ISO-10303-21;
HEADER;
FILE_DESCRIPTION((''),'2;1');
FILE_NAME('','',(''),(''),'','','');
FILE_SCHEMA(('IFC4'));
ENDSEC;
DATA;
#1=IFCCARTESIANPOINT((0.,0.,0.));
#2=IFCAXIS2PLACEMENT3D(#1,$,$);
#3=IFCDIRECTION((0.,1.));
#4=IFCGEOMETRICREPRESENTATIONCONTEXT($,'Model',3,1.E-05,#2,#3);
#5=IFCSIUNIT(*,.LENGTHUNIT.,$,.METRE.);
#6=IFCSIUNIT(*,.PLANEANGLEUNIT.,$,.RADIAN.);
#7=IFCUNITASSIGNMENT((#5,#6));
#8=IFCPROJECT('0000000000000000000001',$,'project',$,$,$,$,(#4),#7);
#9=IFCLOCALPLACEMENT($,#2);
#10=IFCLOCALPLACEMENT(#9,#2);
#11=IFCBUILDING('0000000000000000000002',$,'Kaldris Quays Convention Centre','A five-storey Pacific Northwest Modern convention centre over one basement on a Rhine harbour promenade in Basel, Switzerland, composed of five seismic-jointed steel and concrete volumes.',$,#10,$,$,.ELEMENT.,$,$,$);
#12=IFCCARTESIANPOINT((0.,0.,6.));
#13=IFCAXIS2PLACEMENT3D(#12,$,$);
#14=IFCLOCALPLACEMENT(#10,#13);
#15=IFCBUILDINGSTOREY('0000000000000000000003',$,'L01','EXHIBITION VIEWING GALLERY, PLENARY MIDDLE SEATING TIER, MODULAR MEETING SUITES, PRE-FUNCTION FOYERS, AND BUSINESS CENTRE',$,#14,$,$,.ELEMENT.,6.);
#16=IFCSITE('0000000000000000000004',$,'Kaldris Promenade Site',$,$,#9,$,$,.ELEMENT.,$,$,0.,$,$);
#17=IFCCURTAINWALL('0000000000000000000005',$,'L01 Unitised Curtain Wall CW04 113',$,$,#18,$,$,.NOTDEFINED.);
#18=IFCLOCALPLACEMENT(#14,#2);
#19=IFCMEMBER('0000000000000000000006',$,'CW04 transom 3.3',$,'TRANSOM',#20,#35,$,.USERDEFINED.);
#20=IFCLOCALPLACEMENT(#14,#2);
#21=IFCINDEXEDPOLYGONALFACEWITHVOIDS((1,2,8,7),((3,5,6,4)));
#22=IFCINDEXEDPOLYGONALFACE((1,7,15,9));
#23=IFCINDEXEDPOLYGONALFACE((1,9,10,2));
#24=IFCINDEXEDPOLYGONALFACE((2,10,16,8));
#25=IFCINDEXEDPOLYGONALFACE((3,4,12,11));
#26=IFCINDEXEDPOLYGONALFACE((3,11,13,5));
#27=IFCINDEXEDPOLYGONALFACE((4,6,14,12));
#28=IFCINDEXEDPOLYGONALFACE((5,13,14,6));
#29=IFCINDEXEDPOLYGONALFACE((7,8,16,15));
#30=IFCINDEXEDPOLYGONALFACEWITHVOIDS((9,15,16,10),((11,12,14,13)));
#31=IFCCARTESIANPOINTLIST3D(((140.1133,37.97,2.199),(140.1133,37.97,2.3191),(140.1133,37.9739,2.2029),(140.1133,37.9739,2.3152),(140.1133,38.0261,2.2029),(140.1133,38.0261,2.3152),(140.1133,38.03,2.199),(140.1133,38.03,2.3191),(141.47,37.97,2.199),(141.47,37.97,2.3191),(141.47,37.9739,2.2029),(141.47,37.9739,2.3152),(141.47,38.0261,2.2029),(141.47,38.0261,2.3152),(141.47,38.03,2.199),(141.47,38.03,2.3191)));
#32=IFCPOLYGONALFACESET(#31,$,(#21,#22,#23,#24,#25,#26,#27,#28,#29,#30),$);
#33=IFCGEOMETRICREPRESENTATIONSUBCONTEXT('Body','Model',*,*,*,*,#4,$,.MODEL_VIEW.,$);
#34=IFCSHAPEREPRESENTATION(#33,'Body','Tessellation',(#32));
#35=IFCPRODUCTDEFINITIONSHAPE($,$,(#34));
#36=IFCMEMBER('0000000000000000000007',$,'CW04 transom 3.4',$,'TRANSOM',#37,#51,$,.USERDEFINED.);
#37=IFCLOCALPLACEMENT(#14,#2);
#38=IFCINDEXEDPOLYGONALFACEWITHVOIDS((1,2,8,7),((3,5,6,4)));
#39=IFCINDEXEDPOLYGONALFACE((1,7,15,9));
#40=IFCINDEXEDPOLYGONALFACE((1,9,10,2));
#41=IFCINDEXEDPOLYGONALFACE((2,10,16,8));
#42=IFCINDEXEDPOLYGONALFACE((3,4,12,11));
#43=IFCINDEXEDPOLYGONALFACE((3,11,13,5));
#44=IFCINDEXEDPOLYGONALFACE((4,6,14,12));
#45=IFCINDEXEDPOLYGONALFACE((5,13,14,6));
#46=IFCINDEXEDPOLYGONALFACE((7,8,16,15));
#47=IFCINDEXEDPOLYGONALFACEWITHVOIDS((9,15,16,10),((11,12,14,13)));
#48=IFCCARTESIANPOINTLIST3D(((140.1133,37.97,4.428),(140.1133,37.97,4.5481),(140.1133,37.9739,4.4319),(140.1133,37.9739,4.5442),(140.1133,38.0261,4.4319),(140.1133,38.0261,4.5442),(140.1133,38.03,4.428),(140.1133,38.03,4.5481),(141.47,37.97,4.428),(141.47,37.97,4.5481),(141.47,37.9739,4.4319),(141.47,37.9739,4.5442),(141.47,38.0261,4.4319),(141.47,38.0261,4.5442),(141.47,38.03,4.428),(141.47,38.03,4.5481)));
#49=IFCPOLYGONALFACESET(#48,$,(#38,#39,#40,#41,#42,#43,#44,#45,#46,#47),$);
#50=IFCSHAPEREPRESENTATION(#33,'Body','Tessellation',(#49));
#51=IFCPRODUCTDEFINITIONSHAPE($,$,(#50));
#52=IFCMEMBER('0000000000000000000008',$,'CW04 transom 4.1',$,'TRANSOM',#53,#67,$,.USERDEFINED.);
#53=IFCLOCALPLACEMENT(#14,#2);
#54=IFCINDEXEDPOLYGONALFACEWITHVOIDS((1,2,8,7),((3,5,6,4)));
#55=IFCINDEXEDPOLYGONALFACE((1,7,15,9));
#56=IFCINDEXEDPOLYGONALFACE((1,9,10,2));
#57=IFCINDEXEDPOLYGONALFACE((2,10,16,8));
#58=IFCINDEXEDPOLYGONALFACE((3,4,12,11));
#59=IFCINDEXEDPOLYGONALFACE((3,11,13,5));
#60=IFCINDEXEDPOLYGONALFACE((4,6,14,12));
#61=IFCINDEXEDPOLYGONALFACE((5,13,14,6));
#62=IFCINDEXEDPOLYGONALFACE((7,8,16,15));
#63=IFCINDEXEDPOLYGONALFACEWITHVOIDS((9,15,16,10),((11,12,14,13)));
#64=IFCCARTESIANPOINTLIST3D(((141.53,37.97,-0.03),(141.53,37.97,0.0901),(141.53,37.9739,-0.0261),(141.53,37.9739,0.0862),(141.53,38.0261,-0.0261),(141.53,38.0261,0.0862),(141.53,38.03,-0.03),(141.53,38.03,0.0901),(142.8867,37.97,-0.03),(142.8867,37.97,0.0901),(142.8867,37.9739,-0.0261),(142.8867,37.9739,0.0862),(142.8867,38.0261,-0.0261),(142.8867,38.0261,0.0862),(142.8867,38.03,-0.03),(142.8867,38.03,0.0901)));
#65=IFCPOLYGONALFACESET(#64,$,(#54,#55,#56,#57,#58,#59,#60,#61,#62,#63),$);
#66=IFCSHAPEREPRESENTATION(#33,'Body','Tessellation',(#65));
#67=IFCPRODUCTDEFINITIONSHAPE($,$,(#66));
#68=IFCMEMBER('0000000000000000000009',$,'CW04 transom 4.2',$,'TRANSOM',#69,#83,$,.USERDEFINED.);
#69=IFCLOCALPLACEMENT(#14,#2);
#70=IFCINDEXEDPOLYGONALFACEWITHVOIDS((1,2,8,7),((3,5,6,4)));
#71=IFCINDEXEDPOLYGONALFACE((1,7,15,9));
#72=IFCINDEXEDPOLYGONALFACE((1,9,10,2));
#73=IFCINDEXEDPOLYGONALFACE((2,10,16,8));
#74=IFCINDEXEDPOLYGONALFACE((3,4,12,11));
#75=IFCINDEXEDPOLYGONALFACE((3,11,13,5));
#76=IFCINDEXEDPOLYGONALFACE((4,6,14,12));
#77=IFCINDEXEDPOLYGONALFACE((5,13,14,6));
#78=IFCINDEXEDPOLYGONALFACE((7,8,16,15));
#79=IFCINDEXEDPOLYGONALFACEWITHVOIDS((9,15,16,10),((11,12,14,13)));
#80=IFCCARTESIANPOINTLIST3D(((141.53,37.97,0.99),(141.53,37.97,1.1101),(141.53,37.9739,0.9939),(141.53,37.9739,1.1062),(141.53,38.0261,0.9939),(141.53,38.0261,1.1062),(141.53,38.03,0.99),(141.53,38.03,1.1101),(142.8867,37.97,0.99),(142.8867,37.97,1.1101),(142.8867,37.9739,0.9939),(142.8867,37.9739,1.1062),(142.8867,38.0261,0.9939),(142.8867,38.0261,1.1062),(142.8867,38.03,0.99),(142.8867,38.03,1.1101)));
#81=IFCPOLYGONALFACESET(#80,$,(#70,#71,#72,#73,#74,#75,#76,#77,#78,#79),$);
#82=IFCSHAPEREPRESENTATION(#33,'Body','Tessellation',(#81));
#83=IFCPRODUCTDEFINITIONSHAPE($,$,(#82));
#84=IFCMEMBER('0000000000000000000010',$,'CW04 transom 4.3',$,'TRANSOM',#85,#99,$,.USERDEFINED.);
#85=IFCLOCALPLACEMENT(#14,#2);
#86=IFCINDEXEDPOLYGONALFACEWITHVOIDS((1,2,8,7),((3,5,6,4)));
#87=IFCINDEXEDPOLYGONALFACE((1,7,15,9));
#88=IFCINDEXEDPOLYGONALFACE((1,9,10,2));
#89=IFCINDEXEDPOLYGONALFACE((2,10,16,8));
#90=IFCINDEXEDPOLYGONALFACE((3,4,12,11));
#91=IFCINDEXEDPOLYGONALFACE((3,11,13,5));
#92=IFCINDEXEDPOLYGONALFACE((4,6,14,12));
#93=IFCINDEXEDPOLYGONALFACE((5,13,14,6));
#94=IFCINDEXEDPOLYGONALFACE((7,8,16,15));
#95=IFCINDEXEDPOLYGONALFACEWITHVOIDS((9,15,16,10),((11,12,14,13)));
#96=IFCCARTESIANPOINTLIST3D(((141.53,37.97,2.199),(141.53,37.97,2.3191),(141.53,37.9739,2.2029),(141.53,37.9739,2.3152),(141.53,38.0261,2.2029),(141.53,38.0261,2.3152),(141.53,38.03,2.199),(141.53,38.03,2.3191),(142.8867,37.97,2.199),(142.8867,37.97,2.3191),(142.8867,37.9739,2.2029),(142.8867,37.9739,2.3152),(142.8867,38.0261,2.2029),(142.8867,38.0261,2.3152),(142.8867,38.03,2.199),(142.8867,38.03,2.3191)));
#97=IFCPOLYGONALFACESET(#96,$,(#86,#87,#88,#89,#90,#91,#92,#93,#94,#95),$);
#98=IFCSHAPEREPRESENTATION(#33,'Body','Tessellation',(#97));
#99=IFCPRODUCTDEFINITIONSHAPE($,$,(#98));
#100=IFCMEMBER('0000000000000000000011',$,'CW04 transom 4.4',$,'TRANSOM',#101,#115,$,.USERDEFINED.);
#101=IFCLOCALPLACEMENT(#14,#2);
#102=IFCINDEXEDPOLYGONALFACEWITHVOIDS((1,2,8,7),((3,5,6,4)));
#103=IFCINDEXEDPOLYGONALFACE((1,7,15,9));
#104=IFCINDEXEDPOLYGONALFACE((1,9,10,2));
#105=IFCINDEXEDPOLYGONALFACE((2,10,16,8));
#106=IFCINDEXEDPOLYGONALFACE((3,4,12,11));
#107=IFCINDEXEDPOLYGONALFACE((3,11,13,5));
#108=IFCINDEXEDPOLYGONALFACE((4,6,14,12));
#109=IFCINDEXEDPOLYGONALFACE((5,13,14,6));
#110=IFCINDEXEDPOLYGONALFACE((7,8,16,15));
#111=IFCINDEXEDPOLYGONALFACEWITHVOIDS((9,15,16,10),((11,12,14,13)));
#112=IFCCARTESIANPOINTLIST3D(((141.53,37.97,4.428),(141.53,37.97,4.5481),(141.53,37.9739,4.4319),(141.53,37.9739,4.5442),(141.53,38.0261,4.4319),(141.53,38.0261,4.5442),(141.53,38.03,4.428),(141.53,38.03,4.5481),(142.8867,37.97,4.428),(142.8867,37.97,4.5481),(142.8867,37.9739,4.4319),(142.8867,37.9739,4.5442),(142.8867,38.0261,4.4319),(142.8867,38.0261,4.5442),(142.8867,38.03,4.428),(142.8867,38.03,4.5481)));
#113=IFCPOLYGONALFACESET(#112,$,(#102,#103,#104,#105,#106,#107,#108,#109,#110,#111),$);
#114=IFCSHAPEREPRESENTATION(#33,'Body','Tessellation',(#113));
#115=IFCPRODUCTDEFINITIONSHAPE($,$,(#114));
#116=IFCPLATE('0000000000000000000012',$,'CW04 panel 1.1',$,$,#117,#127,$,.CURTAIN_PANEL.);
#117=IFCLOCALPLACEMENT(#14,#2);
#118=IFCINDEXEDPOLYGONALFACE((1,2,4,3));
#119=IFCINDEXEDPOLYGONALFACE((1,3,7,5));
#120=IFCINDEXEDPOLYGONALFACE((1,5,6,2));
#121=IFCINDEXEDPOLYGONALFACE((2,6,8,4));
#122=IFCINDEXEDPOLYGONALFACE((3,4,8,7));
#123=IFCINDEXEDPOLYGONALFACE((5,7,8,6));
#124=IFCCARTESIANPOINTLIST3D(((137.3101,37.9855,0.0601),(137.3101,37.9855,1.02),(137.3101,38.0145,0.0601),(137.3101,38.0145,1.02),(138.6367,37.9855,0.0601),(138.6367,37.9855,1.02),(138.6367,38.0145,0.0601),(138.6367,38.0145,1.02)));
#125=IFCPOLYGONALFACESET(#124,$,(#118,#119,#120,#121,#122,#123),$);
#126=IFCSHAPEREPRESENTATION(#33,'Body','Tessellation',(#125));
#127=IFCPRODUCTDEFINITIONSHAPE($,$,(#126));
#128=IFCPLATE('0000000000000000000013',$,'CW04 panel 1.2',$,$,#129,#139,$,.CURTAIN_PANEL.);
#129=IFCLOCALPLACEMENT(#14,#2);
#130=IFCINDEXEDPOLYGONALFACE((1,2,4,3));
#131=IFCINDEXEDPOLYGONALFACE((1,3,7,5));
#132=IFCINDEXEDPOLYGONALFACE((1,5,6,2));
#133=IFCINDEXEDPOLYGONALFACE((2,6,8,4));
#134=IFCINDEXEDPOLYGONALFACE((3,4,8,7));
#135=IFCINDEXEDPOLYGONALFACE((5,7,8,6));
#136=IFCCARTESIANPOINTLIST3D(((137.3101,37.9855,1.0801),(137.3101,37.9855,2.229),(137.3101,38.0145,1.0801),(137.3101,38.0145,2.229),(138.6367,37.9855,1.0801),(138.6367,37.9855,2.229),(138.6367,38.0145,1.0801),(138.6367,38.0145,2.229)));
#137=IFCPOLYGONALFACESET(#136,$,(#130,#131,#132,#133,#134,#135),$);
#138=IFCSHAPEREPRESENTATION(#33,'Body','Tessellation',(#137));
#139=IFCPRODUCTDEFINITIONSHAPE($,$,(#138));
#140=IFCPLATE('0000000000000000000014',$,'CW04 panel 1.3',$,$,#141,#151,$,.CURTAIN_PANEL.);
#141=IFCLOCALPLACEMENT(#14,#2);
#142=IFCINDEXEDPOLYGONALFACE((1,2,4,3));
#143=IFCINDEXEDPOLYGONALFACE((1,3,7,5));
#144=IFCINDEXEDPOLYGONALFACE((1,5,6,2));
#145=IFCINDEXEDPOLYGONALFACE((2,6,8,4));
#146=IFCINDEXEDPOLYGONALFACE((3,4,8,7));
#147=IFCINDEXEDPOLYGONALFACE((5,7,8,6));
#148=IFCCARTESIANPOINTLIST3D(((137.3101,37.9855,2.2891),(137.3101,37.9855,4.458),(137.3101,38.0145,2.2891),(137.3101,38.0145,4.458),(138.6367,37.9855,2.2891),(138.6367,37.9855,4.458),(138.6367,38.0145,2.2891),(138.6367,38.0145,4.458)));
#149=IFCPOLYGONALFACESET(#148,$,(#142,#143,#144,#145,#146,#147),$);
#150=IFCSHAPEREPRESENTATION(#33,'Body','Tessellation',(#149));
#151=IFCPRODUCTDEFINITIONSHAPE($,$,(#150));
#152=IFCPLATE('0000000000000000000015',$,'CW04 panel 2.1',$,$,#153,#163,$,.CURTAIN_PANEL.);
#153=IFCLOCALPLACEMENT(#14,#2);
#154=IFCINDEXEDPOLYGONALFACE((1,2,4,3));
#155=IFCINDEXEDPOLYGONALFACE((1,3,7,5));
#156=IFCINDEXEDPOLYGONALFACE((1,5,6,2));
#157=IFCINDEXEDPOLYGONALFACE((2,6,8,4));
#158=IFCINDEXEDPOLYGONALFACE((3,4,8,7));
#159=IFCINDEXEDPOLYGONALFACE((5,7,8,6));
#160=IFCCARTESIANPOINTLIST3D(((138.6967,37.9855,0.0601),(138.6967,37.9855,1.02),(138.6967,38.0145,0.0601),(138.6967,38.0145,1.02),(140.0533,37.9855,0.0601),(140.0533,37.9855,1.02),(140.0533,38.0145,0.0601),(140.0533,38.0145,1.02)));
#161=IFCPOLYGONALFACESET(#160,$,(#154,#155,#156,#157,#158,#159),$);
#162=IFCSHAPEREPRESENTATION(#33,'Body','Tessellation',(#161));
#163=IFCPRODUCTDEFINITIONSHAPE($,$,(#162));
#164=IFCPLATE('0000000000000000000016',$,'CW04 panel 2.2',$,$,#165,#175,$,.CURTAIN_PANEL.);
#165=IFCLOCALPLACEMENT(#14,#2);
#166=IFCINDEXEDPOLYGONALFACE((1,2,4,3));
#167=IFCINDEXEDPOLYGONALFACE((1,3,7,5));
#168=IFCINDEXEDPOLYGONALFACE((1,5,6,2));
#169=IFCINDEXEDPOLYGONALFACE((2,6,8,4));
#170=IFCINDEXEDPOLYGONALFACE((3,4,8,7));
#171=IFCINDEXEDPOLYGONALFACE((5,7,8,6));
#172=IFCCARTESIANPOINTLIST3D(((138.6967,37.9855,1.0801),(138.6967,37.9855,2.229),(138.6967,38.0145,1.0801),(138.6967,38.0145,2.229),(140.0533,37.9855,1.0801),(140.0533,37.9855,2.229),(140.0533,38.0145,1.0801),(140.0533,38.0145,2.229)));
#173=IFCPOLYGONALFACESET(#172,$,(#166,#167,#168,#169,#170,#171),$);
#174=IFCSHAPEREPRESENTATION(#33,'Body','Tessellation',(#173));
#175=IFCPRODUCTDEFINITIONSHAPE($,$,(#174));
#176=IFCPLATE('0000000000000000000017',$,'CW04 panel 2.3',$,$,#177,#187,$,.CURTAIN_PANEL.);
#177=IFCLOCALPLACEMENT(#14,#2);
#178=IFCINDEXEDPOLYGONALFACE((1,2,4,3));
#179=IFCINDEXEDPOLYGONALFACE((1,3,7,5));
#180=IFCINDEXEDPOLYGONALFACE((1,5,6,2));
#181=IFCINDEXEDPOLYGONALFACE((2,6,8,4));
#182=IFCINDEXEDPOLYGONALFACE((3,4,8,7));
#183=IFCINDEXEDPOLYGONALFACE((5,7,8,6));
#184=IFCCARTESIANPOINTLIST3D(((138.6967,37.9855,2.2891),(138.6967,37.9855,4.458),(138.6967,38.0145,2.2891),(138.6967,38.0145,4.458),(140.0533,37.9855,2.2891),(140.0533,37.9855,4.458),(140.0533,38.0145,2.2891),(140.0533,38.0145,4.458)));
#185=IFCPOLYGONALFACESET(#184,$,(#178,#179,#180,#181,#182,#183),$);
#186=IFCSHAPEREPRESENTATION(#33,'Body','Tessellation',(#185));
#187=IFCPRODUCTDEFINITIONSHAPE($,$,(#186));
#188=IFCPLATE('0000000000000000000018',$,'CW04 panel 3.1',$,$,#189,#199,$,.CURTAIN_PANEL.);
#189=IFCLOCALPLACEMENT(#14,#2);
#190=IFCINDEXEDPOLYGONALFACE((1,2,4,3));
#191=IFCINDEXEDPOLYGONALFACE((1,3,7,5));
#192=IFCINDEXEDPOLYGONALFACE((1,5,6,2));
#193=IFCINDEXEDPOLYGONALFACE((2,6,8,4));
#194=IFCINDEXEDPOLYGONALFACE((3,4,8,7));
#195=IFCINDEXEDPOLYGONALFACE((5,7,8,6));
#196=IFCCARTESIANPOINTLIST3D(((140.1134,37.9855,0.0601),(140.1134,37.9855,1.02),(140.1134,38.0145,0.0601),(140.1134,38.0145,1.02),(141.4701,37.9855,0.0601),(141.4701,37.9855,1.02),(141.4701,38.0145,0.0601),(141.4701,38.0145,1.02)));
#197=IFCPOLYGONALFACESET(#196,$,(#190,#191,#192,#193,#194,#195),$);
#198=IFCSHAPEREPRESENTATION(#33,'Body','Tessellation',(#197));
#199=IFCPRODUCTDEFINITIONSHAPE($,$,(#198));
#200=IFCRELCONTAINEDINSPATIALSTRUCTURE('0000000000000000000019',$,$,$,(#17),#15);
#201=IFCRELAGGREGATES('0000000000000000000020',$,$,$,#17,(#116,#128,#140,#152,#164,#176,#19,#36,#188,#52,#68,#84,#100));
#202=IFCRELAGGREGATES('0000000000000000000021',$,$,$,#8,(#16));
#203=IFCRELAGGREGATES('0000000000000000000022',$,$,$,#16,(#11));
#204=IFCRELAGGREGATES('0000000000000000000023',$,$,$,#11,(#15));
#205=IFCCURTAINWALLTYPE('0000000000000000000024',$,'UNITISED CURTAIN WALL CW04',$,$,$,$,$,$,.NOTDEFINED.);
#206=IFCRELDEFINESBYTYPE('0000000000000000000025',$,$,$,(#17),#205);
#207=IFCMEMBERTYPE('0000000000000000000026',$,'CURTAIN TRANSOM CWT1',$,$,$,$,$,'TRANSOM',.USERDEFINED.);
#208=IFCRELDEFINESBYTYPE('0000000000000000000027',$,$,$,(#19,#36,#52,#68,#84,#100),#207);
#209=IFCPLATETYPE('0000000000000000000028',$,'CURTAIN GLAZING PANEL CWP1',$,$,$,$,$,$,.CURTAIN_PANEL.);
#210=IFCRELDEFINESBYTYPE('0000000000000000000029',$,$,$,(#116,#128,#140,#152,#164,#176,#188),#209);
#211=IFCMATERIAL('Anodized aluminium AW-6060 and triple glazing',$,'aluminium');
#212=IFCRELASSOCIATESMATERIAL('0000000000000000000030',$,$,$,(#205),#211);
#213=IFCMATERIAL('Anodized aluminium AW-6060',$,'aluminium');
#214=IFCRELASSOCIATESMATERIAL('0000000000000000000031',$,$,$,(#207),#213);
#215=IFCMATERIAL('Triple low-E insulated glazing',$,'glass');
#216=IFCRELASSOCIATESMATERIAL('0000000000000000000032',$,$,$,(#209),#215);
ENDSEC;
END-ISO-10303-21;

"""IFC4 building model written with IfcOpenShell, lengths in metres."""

from ifc_helpers import new_model, si_unit, direction, frame, origin, origin_2d, place, context, subcontext, project, spatial, rectangle, hollow_rectangle, extrude, material, material_profile, profile_set, type_object, element, aggregate, save


model = new_model("IFC4")

# Units and contexts
model_context = context("Model", 3, precision=1e-05, world=origin(), true_north=direction((0.0, 1.0)))
body_context = subcontext(model_context, "Body", "Model", "MODEL_VIEW")
ifc_project = project(units=[si_unit("LENGTHUNIT", "METRE"), si_unit("PLANEANGLEUNIT", "RADIAN")], contexts=[model_context])

# Site, building, storey
site_placement = place(None, origin())
site = spatial("IfcSite", under=ifc_project, at=site_placement, Name="Kaldris Promenade Site", CompositionType="ELEMENT", RefElevation=0.0)
building_placement = place(site_placement, origin())
building = spatial("IfcBuilding", under=site, at=building_placement, Name="Kaldris Quays Convention Centre", Description="A five-storey Pacific Northwest Modern convention centre over one basement on a Rhine harbour promenade in Basel, Switzerland, composed of five seismic-jointed steel and concrete volumes.", CompositionType="ELEMENT")
storey_placement = place(building_placement, frame((0.0, 0.0, 6.0)))
storey = spatial("IfcBuildingStorey", under=building, at=storey_placement, Name="L01", Description="EXHIBITION VIEWING GALLERY, PLENARY MIDDLE SEATING TIER, MODULAR MEETING SUITES, PRE-FUNCTION FOYERS, AND BUSINESS CENTRE", CompositionType="ELEMENT", Elevation=6.0)

# Curtain wall, members, plates
ifc_material_1 = material(Name="Anodized aluminium AW-6060 and triple glazing", Category="aluminium")
curtain_wall_type = type_object("IfcCurtainWallType", Name="UNITISED CURTAIN WALL CW04", PredefinedType="NOTDEFINED", material=ifc_material_1)
curtain_wall_placement = place(storey_placement, origin())
curtain_wall = element("IfcCurtainWall", 1, at=curtain_wall_placement, inside=storey, type_object=curtain_wall_type, Name="L01 Unitised Curtain Wall CW04 113", PredefinedType="NOTDEFINED")
ifc_material_2 = material(Name="Anodized aluminium AW-6060", Category="aluminium")
ifc_material_profile_1 = material_profile(ifc_material_2, hollow_rectangle(XDim=0.0601, YDim=0.1201, WallThickness=0.0039, at=origin_2d()), Name="RHS 120x60x4")
ifc_profile_set_1 = profile_set([ifc_material_profile_1], Name="Anodized aluminium AW-6060")
member_type_1 = type_object("IfcMemberType", Name="CURTAIN TRANSOM CWT1", ElementType="TRANSOM", PredefinedType="USERDEFINED", material=ifc_profile_set_1)
member_1_placement = place(storey_placement, frame((140.1133, 38.0, 2.259), z_axis=(1.0, 0.0, 0.0), x_axis=(0.0, 1.0, 0.0)))
member_1 = element("IfcMember", 2, at=member_1_placement, type_object=member_type_1, Name="CW04 transom 3.3", ObjectType="TRANSOM", PredefinedType="USERDEFINED", context=body_context, shape_type="SweptSolid", body=[
    extrude(hollow_rectangle(XDim=0.0601, YDim=0.1201, WallThickness=0.0039, at=origin_2d()), origin(), (0.0, 0.0, 1.0), 1.3567),
])
member_2_placement = place(storey_placement, frame((140.1133, 38.0, 4.488), z_axis=(1.0, 0.0, 0.0), x_axis=(0.0, 1.0, 0.0)))
member_2 = element("IfcMember", 3, at=member_2_placement, type_object=member_type_1, Name="CW04 transom 3.4", ObjectType="TRANSOM", PredefinedType="USERDEFINED", context=body_context, shape_type="SweptSolid", body=[
    extrude(hollow_rectangle(XDim=0.0601, YDim=0.1201, WallThickness=0.0039, at=origin_2d()), origin(), (0.0, 0.0, 1.0), 1.3567),
])
member_3_placement = place(storey_placement, frame((141.53, 38.0, 0.03), z_axis=(1.0, 0.0, 0.0), x_axis=(0.0, 1.0, 0.0)))
member_3 = element("IfcMember", 4, at=member_3_placement, type_object=member_type_1, Name="CW04 transom 4.1", ObjectType="TRANSOM", PredefinedType="USERDEFINED", context=body_context, shape_type="SweptSolid", body=[
    extrude(hollow_rectangle(XDim=0.0601, YDim=0.1201, WallThickness=0.0039, at=origin_2d()), origin(), (0.0, 0.0, 1.0), 1.3567),
])
member_4_placement = place(storey_placement, frame((141.53, 38.0, 1.05), z_axis=(1.0, 0.0, 0.0), x_axis=(0.0, 1.0, 0.0)))
member_4 = element("IfcMember", 5, at=member_4_placement, type_object=member_type_1, Name="CW04 transom 4.2", ObjectType="TRANSOM", PredefinedType="USERDEFINED", context=body_context, shape_type="SweptSolid", body=[
    extrude(hollow_rectangle(XDim=0.0601, YDim=0.1201, WallThickness=0.0039, at=origin_2d()), origin(), (0.0, 0.0, 1.0), 1.3567),
])
member_5_placement = place(storey_placement, frame((141.53, 38.0, 2.259), z_axis=(1.0, 0.0, 0.0), x_axis=(0.0, 1.0, 0.0)))
member_5 = element("IfcMember", 6, at=member_5_placement, type_object=member_type_1, Name="CW04 transom 4.3", ObjectType="TRANSOM", PredefinedType="USERDEFINED", context=body_context, shape_type="SweptSolid", body=[
    extrude(hollow_rectangle(XDim=0.0601, YDim=0.1201, WallThickness=0.0039, at=origin_2d()), origin(), (0.0, 0.0, 1.0), 1.3567),
])
member_6_placement = place(storey_placement, frame((141.53, 38.0, 4.488), z_axis=(1.0, 0.0, 0.0), x_axis=(0.0, 1.0, 0.0)))
member_6 = element("IfcMember", 7, at=member_6_placement, type_object=member_type_1, Name="CW04 transom 4.4", ObjectType="TRANSOM", PredefinedType="USERDEFINED", context=body_context, shape_type="SweptSolid", body=[
    extrude(hollow_rectangle(XDim=0.0601, YDim=0.1201, WallThickness=0.0039, at=origin_2d()), origin(), (0.0, 0.0, 1.0), 1.3567),
])
ifc_material_3 = material(Name="Triple low-E insulated glazing", Category="glass")
plate_type = type_object("IfcPlateType", Name="CURTAIN GLAZING PANEL CWP1", PredefinedType="CURTAIN_PANEL", material=ifc_material_3)
plate_1_placement = place(storey_placement, frame((137.9734, 38.0, 0.0601), z_axis=(0.0, 0.0, 1.0), x_axis=(1.0, 0.0, 0.0)))
plate_1 = element("IfcPlate", 8, at=plate_1_placement, type_object=plate_type, Name="CW04 panel 1.1", PredefinedType="CURTAIN_PANEL", context=body_context, shape_type="SweptSolid", body=[
    extrude(rectangle(XDim=1.3267, YDim=0.0291, at=origin_2d()), origin(), (0.0, 0.0, 1.0), 0.96),
])
plate_2_placement = place(storey_placement, frame((137.9734, 38.0, 1.0801), z_axis=(0.0, 0.0, 1.0), x_axis=(1.0, 0.0, 0.0)))
plate_2 = element("IfcPlate", 9, at=plate_2_placement, type_object=plate_type, Name="CW04 panel 1.2", PredefinedType="CURTAIN_PANEL", context=body_context, shape_type="SweptSolid", body=[
    extrude(rectangle(XDim=1.3267, YDim=0.0291, at=origin_2d()), origin(), (0.0, 0.0, 1.0), 1.1489),
])
plate_3_placement = place(storey_placement, frame((137.9734, 38.0, 2.2891), z_axis=(0.0, 0.0, 1.0), x_axis=(1.0, 0.0, 0.0)))
plate_3 = element("IfcPlate", 10, at=plate_3_placement, type_object=plate_type, Name="CW04 panel 1.3", PredefinedType="CURTAIN_PANEL", context=body_context, shape_type="SweptSolid", body=[
    extrude(rectangle(XDim=1.3267, YDim=0.0291, at=origin_2d()), origin(), (0.0, 0.0, 1.0), 2.1689),
])
plate_4_placement = place(storey_placement, frame((139.375, 38.0, 0.0601), z_axis=(0.0, 0.0, 1.0), x_axis=(1.0, 0.0, 0.0)))
plate_4 = element("IfcPlate", 11, at=plate_4_placement, type_object=plate_type, Name="CW04 panel 2.1", PredefinedType="CURTAIN_PANEL", context=body_context, shape_type="SweptSolid", body=[
    extrude(rectangle(XDim=1.3567, YDim=0.0291, at=origin_2d()), origin(), (0.0, 0.0, 1.0), 0.96),
])
plate_5_placement = place(storey_placement, frame((139.375, 38.0, 1.0801), z_axis=(0.0, 0.0, 1.0), x_axis=(1.0, 0.0, 0.0)))
plate_5 = element("IfcPlate", 12, at=plate_5_placement, type_object=plate_type, Name="CW04 panel 2.2", PredefinedType="CURTAIN_PANEL", context=body_context, shape_type="SweptSolid", body=[
    extrude(rectangle(XDim=1.3567, YDim=0.0291, at=origin_2d()), origin(), (0.0, 0.0, 1.0), 1.1489),
])
plate_6_placement = place(storey_placement, frame((139.375, 38.0, 2.2891), z_axis=(0.0, 0.0, 1.0), x_axis=(1.0, 0.0, 0.0)))
plate_6 = element("IfcPlate", 13, at=plate_6_placement, type_object=plate_type, Name="CW04 panel 2.3", PredefinedType="CURTAIN_PANEL", context=body_context, shape_type="SweptSolid", body=[
    extrude(rectangle(XDim=1.3567, YDim=0.0291, at=origin_2d()), origin(), (0.0, 0.0, 1.0), 2.1689),
])
plate_7_placement = place(storey_placement, frame((140.7917, 38.0, 0.0601), z_axis=(0.0, 0.0, 1.0), x_axis=(1.0, 0.0, 0.0)))
plate_7 = element("IfcPlate", 14, at=plate_7_placement, type_object=plate_type, Name="CW04 panel 3.1", PredefinedType="CURTAIN_PANEL", context=body_context, shape_type="SweptSolid", body=[
    extrude(rectangle(XDim=1.3567, YDim=0.0291, at=origin_2d()), origin(), (0.0, 0.0, 1.0), 0.96),
])
aggregate(curtain_wall, [plate_1, plate_2, plate_3, plate_4, plate_5, plate_6, member_1, member_2, plate_7, member_3, member_4, member_5, member_6])

save(model, "model.ifc")
